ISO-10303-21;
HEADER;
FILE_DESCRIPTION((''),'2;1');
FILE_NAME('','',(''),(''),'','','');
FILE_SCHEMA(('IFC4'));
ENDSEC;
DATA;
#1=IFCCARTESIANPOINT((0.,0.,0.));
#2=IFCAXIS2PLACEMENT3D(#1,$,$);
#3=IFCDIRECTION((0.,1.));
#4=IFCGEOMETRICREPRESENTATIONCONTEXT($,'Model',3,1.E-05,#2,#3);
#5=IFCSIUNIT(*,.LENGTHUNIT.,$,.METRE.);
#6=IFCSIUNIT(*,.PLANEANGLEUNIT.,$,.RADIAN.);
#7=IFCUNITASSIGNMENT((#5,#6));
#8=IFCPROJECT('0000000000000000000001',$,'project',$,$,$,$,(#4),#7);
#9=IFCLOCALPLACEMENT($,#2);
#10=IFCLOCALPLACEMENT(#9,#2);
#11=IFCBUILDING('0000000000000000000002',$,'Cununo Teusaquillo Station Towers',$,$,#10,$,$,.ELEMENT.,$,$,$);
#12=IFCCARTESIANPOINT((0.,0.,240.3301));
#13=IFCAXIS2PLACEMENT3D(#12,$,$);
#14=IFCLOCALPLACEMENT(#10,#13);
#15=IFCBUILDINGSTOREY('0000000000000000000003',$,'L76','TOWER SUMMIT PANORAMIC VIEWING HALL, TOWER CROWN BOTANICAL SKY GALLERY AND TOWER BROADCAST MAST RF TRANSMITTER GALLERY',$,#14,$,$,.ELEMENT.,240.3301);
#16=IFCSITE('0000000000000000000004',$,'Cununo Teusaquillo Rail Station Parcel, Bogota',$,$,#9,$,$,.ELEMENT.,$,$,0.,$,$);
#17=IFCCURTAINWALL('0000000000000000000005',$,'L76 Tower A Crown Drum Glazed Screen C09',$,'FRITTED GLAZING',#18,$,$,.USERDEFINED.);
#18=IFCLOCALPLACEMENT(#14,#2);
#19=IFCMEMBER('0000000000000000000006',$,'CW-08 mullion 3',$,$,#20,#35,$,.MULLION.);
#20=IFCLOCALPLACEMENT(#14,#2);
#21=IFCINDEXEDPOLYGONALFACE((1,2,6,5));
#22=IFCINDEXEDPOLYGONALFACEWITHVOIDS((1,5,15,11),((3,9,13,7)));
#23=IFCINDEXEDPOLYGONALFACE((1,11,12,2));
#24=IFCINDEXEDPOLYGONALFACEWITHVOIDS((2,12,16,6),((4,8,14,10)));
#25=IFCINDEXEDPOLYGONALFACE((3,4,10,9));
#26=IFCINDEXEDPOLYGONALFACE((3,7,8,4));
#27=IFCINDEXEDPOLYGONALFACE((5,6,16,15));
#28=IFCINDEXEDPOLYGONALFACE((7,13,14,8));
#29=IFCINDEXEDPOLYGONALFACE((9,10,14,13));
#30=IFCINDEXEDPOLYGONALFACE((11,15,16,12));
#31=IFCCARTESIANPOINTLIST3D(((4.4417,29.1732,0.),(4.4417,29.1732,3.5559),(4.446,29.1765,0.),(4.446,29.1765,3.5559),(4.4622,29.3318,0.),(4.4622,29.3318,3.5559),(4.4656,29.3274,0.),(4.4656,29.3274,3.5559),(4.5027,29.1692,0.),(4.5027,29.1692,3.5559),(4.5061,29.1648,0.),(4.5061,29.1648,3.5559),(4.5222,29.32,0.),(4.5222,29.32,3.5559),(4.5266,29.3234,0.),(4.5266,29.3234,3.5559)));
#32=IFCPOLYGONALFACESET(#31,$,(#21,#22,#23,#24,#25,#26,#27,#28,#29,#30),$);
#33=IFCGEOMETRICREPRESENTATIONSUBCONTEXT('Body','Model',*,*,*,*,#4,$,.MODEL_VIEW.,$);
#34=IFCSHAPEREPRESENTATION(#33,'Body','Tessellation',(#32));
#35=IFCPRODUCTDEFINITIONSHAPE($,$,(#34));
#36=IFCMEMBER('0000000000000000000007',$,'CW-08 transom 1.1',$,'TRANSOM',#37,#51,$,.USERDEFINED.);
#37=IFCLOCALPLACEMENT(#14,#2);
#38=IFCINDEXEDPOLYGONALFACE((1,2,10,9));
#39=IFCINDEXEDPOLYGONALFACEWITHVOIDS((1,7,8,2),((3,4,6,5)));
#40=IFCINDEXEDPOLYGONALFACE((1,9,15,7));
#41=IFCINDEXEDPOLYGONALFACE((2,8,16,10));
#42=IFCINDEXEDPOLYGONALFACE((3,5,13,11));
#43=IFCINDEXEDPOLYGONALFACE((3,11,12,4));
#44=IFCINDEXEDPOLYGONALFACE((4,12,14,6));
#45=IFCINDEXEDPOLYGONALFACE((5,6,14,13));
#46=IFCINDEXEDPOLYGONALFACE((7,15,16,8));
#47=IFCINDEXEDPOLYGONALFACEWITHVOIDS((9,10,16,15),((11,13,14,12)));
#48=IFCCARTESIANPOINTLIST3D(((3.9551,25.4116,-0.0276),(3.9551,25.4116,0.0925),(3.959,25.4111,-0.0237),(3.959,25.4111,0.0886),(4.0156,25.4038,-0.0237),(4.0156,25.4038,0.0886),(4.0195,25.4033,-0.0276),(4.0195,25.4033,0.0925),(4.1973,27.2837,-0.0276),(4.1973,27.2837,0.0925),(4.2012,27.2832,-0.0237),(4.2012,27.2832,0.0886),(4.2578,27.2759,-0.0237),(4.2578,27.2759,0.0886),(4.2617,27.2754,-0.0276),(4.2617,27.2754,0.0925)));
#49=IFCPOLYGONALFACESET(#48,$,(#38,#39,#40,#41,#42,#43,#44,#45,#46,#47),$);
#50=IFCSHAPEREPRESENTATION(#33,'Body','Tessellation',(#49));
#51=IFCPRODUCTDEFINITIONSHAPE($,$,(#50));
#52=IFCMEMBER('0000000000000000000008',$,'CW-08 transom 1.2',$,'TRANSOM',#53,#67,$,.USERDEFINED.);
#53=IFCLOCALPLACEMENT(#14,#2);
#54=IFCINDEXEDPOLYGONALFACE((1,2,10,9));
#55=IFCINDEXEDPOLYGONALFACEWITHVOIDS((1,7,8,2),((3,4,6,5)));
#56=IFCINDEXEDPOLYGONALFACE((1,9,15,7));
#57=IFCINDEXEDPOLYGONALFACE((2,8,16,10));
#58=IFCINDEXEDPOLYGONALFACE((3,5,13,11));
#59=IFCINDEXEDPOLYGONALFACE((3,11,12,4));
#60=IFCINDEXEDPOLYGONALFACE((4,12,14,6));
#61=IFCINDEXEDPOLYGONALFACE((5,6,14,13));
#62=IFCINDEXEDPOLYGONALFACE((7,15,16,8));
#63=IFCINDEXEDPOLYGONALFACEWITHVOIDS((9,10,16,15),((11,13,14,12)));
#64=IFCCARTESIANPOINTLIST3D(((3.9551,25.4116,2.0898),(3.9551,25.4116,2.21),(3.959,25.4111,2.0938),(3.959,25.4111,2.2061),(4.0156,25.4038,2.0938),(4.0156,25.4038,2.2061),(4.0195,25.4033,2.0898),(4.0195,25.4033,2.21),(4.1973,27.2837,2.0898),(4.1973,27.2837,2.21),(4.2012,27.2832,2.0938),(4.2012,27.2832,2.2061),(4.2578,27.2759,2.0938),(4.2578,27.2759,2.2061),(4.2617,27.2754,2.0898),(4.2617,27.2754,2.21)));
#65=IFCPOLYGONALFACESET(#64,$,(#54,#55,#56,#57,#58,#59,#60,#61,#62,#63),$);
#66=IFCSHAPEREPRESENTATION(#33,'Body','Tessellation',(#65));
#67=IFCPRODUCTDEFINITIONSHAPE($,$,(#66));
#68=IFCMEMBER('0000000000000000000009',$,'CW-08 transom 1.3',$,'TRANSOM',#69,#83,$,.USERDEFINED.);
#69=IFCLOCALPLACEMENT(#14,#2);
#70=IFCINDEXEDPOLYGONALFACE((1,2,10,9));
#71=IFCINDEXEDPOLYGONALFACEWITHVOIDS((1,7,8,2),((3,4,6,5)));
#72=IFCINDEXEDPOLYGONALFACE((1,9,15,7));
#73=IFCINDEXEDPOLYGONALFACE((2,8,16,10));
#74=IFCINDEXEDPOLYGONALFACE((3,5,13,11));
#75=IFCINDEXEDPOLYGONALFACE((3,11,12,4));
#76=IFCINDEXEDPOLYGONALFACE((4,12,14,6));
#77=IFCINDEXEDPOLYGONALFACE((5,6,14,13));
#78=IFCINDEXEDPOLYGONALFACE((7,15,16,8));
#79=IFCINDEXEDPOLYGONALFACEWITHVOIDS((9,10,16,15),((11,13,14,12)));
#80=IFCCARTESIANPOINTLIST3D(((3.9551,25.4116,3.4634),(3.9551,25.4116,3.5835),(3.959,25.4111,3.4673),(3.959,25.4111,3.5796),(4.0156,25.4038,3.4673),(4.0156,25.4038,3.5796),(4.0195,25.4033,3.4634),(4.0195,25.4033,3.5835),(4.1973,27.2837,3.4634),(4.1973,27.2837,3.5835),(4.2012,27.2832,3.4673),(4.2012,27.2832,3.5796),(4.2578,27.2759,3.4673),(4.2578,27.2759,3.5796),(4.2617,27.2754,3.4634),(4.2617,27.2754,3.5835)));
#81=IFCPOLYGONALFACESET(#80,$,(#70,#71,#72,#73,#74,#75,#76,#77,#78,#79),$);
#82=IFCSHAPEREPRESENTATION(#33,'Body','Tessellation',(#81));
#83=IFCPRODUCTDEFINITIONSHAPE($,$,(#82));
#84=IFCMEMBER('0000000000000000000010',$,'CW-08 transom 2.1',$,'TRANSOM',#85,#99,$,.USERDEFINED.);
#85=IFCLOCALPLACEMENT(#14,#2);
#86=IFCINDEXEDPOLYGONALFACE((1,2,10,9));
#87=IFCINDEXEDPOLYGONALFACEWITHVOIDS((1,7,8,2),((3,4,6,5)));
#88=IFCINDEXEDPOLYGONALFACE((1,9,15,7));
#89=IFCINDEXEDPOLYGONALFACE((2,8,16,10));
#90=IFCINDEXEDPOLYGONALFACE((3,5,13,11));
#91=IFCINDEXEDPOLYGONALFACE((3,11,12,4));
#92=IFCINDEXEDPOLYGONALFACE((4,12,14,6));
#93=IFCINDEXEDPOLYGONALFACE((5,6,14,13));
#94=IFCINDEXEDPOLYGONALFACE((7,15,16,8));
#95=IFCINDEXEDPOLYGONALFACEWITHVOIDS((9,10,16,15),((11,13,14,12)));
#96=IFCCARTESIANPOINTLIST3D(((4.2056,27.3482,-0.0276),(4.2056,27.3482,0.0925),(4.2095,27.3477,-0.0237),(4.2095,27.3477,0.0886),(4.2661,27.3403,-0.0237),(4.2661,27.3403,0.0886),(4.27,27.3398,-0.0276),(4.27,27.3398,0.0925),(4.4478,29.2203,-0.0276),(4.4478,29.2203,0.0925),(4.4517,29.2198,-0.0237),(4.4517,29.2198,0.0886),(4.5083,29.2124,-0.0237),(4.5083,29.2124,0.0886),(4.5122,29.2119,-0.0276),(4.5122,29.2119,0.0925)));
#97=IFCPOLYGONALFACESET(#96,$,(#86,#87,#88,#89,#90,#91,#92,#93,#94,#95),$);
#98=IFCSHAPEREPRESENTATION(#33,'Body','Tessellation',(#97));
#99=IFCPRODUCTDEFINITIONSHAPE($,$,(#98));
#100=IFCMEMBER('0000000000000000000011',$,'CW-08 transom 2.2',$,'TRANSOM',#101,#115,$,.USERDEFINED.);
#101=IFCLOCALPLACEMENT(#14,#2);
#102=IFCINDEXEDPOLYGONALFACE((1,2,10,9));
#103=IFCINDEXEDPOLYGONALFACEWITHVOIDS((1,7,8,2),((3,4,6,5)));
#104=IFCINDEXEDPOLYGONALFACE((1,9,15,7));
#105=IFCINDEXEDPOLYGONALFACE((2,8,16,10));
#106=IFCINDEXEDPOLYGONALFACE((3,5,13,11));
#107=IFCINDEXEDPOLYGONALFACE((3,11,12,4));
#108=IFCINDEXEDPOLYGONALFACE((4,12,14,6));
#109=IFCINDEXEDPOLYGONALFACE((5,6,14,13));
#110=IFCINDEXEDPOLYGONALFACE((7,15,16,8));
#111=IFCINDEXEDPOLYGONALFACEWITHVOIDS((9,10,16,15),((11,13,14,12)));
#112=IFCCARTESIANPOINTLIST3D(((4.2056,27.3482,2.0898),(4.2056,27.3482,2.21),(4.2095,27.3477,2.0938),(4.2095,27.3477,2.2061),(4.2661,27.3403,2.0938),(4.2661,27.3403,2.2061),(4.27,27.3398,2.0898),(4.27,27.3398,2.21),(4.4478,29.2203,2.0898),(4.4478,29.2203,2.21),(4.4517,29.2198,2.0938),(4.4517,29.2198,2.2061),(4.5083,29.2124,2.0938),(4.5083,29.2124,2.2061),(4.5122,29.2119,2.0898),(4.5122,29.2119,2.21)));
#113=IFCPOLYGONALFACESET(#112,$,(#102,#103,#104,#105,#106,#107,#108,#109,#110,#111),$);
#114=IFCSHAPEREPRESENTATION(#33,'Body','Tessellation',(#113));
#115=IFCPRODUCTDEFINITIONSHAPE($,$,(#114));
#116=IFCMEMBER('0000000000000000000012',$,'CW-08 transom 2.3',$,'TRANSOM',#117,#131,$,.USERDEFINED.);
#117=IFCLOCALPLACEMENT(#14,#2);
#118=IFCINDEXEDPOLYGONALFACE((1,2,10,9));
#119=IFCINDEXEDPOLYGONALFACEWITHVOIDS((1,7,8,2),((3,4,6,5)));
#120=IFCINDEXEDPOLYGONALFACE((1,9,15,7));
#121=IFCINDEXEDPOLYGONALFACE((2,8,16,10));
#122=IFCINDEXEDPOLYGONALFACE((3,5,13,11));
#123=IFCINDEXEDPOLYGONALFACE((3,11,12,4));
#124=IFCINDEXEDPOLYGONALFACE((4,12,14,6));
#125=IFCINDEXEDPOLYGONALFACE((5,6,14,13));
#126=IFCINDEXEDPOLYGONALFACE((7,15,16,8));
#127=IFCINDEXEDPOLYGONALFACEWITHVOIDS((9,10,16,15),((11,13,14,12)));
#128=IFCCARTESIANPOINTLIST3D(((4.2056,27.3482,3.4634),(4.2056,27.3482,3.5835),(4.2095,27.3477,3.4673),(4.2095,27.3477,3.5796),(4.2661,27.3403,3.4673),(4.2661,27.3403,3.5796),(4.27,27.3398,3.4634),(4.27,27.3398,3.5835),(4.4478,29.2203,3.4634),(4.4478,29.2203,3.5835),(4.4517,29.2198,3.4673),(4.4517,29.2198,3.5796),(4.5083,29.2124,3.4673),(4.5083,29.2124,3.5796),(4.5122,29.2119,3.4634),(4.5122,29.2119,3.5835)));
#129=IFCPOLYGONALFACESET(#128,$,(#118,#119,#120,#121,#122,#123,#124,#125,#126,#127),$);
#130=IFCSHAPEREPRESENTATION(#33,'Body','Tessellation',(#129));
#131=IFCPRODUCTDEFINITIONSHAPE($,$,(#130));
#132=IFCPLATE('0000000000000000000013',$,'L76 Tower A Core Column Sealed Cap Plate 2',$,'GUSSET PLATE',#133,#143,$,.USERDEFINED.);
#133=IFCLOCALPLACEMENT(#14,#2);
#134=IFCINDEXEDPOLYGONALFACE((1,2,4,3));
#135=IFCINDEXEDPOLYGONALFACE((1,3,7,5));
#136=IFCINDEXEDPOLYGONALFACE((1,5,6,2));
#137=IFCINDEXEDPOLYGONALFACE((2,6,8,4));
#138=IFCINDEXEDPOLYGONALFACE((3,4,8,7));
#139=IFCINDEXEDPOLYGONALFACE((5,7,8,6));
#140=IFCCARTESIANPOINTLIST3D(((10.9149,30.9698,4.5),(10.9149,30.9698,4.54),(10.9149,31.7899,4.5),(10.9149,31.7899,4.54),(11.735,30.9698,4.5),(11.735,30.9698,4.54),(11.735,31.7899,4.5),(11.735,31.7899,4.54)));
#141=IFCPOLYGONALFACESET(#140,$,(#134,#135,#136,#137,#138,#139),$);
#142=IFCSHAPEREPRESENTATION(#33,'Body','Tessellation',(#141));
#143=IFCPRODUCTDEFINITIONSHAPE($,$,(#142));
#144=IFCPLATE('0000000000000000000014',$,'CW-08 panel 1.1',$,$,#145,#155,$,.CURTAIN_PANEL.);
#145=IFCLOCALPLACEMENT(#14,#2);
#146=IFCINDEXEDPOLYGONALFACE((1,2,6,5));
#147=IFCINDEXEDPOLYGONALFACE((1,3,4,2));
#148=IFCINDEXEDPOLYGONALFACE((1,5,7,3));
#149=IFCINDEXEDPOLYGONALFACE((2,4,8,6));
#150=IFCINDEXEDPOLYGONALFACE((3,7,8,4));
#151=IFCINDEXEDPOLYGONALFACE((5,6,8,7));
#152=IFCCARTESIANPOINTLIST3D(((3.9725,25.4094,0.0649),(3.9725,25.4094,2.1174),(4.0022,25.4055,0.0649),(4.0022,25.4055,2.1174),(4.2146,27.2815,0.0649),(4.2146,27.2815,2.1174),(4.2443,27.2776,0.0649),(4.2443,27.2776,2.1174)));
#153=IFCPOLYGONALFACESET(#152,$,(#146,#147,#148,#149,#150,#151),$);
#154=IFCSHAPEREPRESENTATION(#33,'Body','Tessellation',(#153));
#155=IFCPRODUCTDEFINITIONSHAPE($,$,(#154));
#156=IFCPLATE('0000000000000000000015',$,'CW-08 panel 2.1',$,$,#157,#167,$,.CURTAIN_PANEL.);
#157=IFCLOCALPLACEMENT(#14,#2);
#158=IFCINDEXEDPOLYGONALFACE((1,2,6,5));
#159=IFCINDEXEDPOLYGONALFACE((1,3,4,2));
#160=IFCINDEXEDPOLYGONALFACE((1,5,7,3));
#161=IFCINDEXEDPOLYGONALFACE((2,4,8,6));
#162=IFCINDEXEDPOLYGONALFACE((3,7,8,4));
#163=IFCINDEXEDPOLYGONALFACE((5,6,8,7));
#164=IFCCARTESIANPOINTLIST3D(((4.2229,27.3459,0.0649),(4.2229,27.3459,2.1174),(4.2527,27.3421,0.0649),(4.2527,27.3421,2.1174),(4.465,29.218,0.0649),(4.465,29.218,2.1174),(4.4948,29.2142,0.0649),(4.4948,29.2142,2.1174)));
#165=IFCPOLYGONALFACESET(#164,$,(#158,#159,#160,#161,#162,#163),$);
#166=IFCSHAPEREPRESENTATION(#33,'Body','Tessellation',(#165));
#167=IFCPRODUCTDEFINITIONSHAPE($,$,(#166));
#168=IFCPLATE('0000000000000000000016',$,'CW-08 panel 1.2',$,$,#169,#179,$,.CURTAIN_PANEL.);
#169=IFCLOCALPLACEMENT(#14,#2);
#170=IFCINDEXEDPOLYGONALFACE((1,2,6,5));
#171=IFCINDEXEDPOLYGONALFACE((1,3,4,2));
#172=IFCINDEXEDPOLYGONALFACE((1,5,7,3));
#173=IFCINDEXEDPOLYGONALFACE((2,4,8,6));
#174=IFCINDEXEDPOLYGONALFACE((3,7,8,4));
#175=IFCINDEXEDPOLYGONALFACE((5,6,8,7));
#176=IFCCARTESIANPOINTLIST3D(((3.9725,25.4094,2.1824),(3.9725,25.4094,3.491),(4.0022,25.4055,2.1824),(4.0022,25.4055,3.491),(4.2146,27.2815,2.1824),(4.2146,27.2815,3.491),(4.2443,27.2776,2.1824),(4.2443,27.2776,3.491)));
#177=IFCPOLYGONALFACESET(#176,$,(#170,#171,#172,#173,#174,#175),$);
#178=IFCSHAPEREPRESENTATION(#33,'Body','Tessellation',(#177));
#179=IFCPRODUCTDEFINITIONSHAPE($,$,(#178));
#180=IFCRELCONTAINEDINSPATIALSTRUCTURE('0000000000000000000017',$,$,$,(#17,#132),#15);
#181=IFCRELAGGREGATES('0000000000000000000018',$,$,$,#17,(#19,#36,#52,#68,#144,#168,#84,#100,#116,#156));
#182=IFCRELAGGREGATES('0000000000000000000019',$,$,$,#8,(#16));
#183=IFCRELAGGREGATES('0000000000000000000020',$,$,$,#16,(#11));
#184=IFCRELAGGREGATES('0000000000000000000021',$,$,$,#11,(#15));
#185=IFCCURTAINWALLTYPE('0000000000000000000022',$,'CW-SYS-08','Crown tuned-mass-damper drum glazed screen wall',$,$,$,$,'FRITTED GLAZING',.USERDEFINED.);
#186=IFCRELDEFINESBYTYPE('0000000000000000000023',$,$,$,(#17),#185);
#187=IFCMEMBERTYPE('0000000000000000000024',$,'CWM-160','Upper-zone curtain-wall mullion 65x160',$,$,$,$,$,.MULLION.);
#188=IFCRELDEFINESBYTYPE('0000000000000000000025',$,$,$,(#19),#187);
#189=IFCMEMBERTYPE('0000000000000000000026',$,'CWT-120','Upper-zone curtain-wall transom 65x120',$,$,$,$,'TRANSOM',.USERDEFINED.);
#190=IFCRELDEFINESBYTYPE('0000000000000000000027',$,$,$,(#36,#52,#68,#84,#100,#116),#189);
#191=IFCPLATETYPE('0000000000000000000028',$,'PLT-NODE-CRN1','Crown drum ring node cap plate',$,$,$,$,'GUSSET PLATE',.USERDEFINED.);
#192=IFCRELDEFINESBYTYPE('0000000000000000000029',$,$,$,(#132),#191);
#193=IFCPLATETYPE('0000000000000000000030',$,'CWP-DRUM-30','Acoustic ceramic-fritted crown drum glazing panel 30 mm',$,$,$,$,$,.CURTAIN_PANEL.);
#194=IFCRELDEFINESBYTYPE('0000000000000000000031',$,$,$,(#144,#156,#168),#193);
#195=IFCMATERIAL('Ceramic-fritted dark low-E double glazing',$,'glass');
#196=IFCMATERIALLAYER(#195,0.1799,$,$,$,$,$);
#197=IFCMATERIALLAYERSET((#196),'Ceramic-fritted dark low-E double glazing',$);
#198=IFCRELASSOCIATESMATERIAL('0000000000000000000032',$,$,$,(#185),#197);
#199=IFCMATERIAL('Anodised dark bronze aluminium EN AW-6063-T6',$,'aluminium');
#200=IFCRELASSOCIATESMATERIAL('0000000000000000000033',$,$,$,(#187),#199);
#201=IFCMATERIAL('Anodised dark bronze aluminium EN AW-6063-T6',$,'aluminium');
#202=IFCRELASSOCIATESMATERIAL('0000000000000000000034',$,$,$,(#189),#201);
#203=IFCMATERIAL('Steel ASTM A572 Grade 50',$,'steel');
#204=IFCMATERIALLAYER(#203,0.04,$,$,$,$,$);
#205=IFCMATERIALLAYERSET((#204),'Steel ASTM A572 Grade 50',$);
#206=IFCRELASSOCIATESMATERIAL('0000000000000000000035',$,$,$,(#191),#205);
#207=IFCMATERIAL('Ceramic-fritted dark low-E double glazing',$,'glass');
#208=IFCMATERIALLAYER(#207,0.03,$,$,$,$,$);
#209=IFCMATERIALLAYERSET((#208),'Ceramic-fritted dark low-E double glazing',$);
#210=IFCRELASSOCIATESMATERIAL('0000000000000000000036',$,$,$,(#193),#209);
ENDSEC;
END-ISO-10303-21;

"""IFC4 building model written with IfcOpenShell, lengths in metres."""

from ifc_helpers import new_model, si_unit, direction, frame, origin, origin_2d, place, context, subcontext, project, spatial, rectangle, hollow_rectangle, extrude, source, transform, mapped, material, layer, layer_set, material_profile, profile_set, type_object, element, aggregate, save


model = new_model("IFC4")

# Units and contexts
model_context = context("Model", 3, precision=1e-05, world=origin(), true_north=direction((0.0, 1.0)))
body_context = subcontext(model_context, "Body", "Model", "MODEL_VIEW")
ifc_project = project(units=[si_unit("LENGTHUNIT", "METRE"), si_unit("PLANEANGLEUNIT", "RADIAN")], contexts=[model_context])

# Site, building, storey
site_placement = place(None, origin())
site = spatial("IfcSite", under=ifc_project, at=site_placement, Name="Cununo Teusaquillo Rail Station Parcel, Bogota", CompositionType="ELEMENT", RefElevation=0.0)
building_placement = place(site_placement, origin())
building = spatial("IfcBuilding", under=site, at=building_placement, Name="Cununo Teusaquillo Station Towers", CompositionType="ELEMENT")
storey_placement = place(building_placement, frame((0.0, 0.0, 240.3301)))
storey = spatial("IfcBuildingStorey", under=building, at=storey_placement, Name="L76", Description="TOWER SUMMIT PANORAMIC VIEWING HALL, TOWER CROWN BOTANICAL SKY GALLERY AND TOWER BROADCAST MAST RF TRANSMITTER GALLERY", CompositionType="ELEMENT", Elevation=240.3301)

# Curtain wall, members
ifc_material_1 = material(Name="Ceramic-fritted dark low-E double glazing", Category="glass")
ifc_layer_1 = layer(ifc_material_1, 0.1799)
ifc_layer_set_1 = layer_set([ifc_layer_1], Name="Ceramic-fritted dark low-E double glazing")
curtain_wall_type = type_object("IfcCurtainWallType", Name="CW-SYS-08", Description="Crown tuned-mass-damper drum glazed screen wall", ElementType="FRITTED GLAZING", PredefinedType="USERDEFINED", material=ifc_layer_set_1)
curtain_wall_placement = place(storey_placement, origin())
curtain_wall = element("IfcCurtainWall", 1, at=curtain_wall_placement, inside=storey, type_object=curtain_wall_type, Name="L76 Tower A Crown Drum Glazed Screen C09", ObjectType="FRITTED GLAZING", PredefinedType="USERDEFINED")
ifc_material_2 = material(Name="Anodised dark bronze aluminium EN AW-6063-T6", Category="aluminium")
ifc_material_profile_1 = material_profile(ifc_material_2, hollow_rectangle(XDim=0.0649, YDim=0.1599, WallThickness=0.0039, at=origin_2d()), Name="CW-MULL-65x160")
ifc_profile_set_1 = profile_set([ifc_material_profile_1], Name="Anodised dark bronze aluminium EN AW-6063-T6")
member_type_1 = type_object("IfcMemberType", Name="CWM-160", Description="Upper-zone curtain-wall mullion 65x160", PredefinedType="MULLION", material=ifc_profile_set_1)
member_1_placement = place(storey_placement, frame((4.4841, 29.2483, 0.0), z_axis=(0.0, 0.0, 1.0), x_axis=(-0.991742, 0.128253, 0.0)))
member_1 = element("IfcMember", 2, at=member_1_placement, type_object=member_type_1, Name="CW-08 mullion 3", PredefinedType="MULLION", context=body_context, shape_type="SweptSolid", body=[
    extrude(hollow_rectangle(XDim=0.0649, YDim=0.1599, WallThickness=0.0039, at=origin_2d()), origin(), (0.0, 0.0, 1.0), 3.5559),
])
ifc_material_3 = material(Name="Anodised dark bronze aluminium EN AW-6063-T6", Category="aluminium")
ifc_material_profile_2 = material_profile(ifc_material_3, hollow_rectangle(XDim=0.0649, YDim=0.1201, WallThickness=0.0039, at=origin_2d()), Name="CW-TRAN-65x120")
ifc_profile_set_2 = profile_set([ifc_material_profile_2], Name="Anodised dark bronze aluminium EN AW-6063-T6")
member_type_2 = type_object("IfcMemberType", Name="CWT-120", Description="Upper-zone curtain-wall transom 65x120", ElementType="TRANSOM", PredefinedType="USERDEFINED", material=ifc_profile_set_2)
member_2_placement = place(storey_placement, frame((3.9873, 25.4075, 0.0325), z_axis=(0.1283, 0.991735, 0.0), x_axis=(-0.991735, 0.1283, 0.0)))
member_2 = element("IfcMember", 3, at=member_2_placement, type_object=member_type_2, Name="CW-08 transom 1.1", ObjectType="TRANSOM", PredefinedType="USERDEFINED", context=body_context, shape_type="SweptSolid", body=[
    extrude(hollow_rectangle(XDim=0.0649, YDim=0.1201, WallThickness=0.0039, at=origin_2d()), origin(), (0.0, 0.0, 1.0), 1.8877),
])
member_3_placement = place(storey_placement, frame((3.9873, 25.4075, 2.1499), z_axis=(0.1283, 0.991735, 0.0), x_axis=(-0.991735, 0.1283, 0.0)))
member_3 = element("IfcMember", 4, at=member_3_placement, type_object=member_type_2, Name="CW-08 transom 1.2", ObjectType="TRANSOM", PredefinedType="USERDEFINED", context=body_context, shape_type="SweptSolid", body=[
    extrude(hollow_rectangle(XDim=0.0649, YDim=0.1201, WallThickness=0.0039, at=origin_2d()), origin(), (0.0, 0.0, 1.0), 1.8877),
])
member_4_placement = place(storey_placement, frame((3.9873, 25.4075, 3.5234), z_axis=(0.1283, 0.991735, 0.0), x_axis=(-0.991735, 0.1283, 0.0)))
member_4 = element("IfcMember", 5, at=member_4_placement, type_object=member_type_2, Name="CW-08 transom 1.3", ObjectType="TRANSOM", PredefinedType="USERDEFINED", context=body_context, shape_type="SweptSolid", body=[
    extrude(hollow_rectangle(XDim=0.0649, YDim=0.1201, WallThickness=0.0039, at=origin_2d()), origin(), (0.0, 0.0, 1.0), 1.8877),
])
member_5_placement = place(storey_placement, frame((4.2378, 27.344, 0.0325), z_axis=(0.1283, 0.991735, 0.0), x_axis=(-0.991735, 0.1283, 0.0)))
member_5 = element("IfcMember", 6, at=member_5_placement, type_object=member_type_2, Name="CW-08 transom 2.1", ObjectType="TRANSOM", PredefinedType="USERDEFINED", context=body_context, shape_type="SweptSolid", body=[
    extrude(hollow_rectangle(XDim=0.0649, YDim=0.1201, WallThickness=0.0039, at=origin_2d()), origin(), (0.0, 0.0, 1.0), 1.8877),
])
member_6_placement = place(storey_placement, frame((4.2378, 27.344, 2.1499), z_axis=(0.1283, 0.991735, 0.0), x_axis=(-0.991735, 0.1283, 0.0)))
member_6 = element("IfcMember", 7, at=member_6_placement, type_object=member_type_2, Name="CW-08 transom 2.2", ObjectType="TRANSOM", PredefinedType="USERDEFINED", context=body_context, shape_type="SweptSolid", body=[
    extrude(hollow_rectangle(XDim=0.0649, YDim=0.1201, WallThickness=0.0039, at=origin_2d()), origin(), (0.0, 0.0, 1.0), 1.8877),
])
member_7_placement = place(storey_placement, frame((4.2378, 27.344, 3.5234), z_axis=(0.1283, 0.991735, 0.0), x_axis=(-0.991735, 0.1283, 0.0)))
member_7 = element("IfcMember", 8, at=member_7_placement, type_object=member_type_2, Name="CW-08 transom 2.3", ObjectType="TRANSOM", PredefinedType="USERDEFINED", context=body_context, shape_type="SweptSolid", body=[
    extrude(hollow_rectangle(XDim=0.0649, YDim=0.1201, WallThickness=0.0039, at=origin_2d()), origin(), (0.0, 0.0, 1.0), 1.8877),
])

# Plates
ifc_material_4 = material(Name="Steel ASTM A572 Grade 50", Category="steel")
ifc_layer_2 = layer(ifc_material_4, 0.04)
ifc_layer_set_2 = layer_set([ifc_layer_2], Name="Steel ASTM A572 Grade 50")
plate_type_1 = type_object("IfcPlateType", Name="PLT-NODE-CRN1", Description="Crown drum ring node cap plate", ElementType="GUSSET PLATE", PredefinedType="USERDEFINED", material=ifc_layer_set_2)
shared_shape_1 = source(origin(), body_context, "Body", "SweptSolid", [
    extrude(rectangle(XDim=0.8201, YDim=0.8201, at=origin_2d()), origin(), (0.0, 0.0, 1.0), 0.04),
])
plate_1_placement = place(storey_placement, frame((11.325, 31.3799, 4.5), z_axis=(0.0, 0.0, 1.0), x_axis=(1.0, 0.0, 0.0)))
element("IfcPlate", 9, at=plate_1_placement, inside=storey, type_object=plate_type_1, Name="L76 Tower A Core Column Sealed Cap Plate 2", ObjectType="GUSSET PLATE", PredefinedType="USERDEFINED", context=body_context, shape_type="MappedRepresentation", body=[
    mapped(shared_shape_1, transform((0.0, 0.0, 0.0), x_axis=(1.0, 0.0, 0.0), y_axis=(0.0, 1.0, 0.0), z_axis=(0.0, 0.0, 1.0), scale=1.0)),
])
ifc_material_5 = material(Name="Ceramic-fritted dark low-E double glazing", Category="glass")
ifc_layer_3 = layer(ifc_material_5, 0.03)
ifc_layer_set_3 = layer_set([ifc_layer_3], Name="Ceramic-fritted dark low-E double glazing")
plate_type_2 = type_object("IfcPlateType", Name="CWP-DRUM-30", Description="Acoustic ceramic-fritted crown drum glazing panel 30 mm", PredefinedType="CURTAIN_PANEL", material=ifc_layer_set_3)
shared_shape_2 = source(origin(), body_context, "Body", "SweptSolid", [
    extrude(rectangle(XDim=1.8877, YDim=0.03, at=origin_2d()), origin(), (0.0, 0.0, 1.0), 2.0525),
])
plate_2_placement = place(storey_placement, frame((4.1084, 26.3435, 0.0649), z_axis=(0.0, 0.0, 1.0), x_axis=(0.128253, 0.991742, 0.0)))
plate_2 = element("IfcPlate", 10, at=plate_2_placement, type_object=plate_type_2, Name="CW-08 panel 1.1", PredefinedType="CURTAIN_PANEL", context=body_context, shape_type="MappedRepresentation", body=[
    mapped(shared_shape_2, transform((0.0, 0.0, 0.0), x_axis=(1.0, 0.0, 0.0), y_axis=(0.0, 1.0, 0.0), z_axis=(0.0, 0.0, 1.0), scale=1.0)),
])
plate_3_placement = place(storey_placement, frame((4.3589, 28.28, 0.0649), z_axis=(0.0, 0.0, 1.0), x_axis=(0.128253, 0.991742, 0.0)))
plate_3 = element("IfcPlate", 11, at=plate_3_placement, type_object=plate_type_2, Name="CW-08 panel 2.1", PredefinedType="CURTAIN_PANEL", context=body_context, shape_type="MappedRepresentation", body=[
    mapped(shared_shape_2, transform((0.0, 0.0, 0.0), x_axis=(1.0, 0.0, 0.0), y_axis=(0.0, 1.0, 0.0), z_axis=(0.0, 0.0, 1.0), scale=1.0)),
])
shared_shape_3 = source(origin(), body_context, "Body", "SweptSolid", [
    extrude(rectangle(XDim=1.8877, YDim=0.03, at=origin_2d()), origin(), (0.0, 0.0, 1.0), 1.3086),
])
plate_4_placement = place(storey_placement, frame((4.1084, 26.3435, 2.1824), z_axis=(0.0, 0.0, 1.0), x_axis=(0.128253, 0.991742, 0.0)))
plate_4 = element("IfcPlate", 12, at=plate_4_placement, type_object=plate_type_2, Name="CW-08 panel 1.2", PredefinedType="CURTAIN_PANEL", context=body_context, shape_type="MappedRepresentation", body=[
    mapped(shared_shape_3, transform((0.0, 0.0, 0.0), x_axis=(1.0, 0.0, 0.0), y_axis=(0.0, 1.0, 0.0), z_axis=(0.0, 0.0, 1.0), scale=1.0)),
])
aggregate(curtain_wall, [member_1, member_2, member_3, member_4, plate_2, plate_4, member_5, member_6, member_7, plate_3])

save(model, "model.ifc")
